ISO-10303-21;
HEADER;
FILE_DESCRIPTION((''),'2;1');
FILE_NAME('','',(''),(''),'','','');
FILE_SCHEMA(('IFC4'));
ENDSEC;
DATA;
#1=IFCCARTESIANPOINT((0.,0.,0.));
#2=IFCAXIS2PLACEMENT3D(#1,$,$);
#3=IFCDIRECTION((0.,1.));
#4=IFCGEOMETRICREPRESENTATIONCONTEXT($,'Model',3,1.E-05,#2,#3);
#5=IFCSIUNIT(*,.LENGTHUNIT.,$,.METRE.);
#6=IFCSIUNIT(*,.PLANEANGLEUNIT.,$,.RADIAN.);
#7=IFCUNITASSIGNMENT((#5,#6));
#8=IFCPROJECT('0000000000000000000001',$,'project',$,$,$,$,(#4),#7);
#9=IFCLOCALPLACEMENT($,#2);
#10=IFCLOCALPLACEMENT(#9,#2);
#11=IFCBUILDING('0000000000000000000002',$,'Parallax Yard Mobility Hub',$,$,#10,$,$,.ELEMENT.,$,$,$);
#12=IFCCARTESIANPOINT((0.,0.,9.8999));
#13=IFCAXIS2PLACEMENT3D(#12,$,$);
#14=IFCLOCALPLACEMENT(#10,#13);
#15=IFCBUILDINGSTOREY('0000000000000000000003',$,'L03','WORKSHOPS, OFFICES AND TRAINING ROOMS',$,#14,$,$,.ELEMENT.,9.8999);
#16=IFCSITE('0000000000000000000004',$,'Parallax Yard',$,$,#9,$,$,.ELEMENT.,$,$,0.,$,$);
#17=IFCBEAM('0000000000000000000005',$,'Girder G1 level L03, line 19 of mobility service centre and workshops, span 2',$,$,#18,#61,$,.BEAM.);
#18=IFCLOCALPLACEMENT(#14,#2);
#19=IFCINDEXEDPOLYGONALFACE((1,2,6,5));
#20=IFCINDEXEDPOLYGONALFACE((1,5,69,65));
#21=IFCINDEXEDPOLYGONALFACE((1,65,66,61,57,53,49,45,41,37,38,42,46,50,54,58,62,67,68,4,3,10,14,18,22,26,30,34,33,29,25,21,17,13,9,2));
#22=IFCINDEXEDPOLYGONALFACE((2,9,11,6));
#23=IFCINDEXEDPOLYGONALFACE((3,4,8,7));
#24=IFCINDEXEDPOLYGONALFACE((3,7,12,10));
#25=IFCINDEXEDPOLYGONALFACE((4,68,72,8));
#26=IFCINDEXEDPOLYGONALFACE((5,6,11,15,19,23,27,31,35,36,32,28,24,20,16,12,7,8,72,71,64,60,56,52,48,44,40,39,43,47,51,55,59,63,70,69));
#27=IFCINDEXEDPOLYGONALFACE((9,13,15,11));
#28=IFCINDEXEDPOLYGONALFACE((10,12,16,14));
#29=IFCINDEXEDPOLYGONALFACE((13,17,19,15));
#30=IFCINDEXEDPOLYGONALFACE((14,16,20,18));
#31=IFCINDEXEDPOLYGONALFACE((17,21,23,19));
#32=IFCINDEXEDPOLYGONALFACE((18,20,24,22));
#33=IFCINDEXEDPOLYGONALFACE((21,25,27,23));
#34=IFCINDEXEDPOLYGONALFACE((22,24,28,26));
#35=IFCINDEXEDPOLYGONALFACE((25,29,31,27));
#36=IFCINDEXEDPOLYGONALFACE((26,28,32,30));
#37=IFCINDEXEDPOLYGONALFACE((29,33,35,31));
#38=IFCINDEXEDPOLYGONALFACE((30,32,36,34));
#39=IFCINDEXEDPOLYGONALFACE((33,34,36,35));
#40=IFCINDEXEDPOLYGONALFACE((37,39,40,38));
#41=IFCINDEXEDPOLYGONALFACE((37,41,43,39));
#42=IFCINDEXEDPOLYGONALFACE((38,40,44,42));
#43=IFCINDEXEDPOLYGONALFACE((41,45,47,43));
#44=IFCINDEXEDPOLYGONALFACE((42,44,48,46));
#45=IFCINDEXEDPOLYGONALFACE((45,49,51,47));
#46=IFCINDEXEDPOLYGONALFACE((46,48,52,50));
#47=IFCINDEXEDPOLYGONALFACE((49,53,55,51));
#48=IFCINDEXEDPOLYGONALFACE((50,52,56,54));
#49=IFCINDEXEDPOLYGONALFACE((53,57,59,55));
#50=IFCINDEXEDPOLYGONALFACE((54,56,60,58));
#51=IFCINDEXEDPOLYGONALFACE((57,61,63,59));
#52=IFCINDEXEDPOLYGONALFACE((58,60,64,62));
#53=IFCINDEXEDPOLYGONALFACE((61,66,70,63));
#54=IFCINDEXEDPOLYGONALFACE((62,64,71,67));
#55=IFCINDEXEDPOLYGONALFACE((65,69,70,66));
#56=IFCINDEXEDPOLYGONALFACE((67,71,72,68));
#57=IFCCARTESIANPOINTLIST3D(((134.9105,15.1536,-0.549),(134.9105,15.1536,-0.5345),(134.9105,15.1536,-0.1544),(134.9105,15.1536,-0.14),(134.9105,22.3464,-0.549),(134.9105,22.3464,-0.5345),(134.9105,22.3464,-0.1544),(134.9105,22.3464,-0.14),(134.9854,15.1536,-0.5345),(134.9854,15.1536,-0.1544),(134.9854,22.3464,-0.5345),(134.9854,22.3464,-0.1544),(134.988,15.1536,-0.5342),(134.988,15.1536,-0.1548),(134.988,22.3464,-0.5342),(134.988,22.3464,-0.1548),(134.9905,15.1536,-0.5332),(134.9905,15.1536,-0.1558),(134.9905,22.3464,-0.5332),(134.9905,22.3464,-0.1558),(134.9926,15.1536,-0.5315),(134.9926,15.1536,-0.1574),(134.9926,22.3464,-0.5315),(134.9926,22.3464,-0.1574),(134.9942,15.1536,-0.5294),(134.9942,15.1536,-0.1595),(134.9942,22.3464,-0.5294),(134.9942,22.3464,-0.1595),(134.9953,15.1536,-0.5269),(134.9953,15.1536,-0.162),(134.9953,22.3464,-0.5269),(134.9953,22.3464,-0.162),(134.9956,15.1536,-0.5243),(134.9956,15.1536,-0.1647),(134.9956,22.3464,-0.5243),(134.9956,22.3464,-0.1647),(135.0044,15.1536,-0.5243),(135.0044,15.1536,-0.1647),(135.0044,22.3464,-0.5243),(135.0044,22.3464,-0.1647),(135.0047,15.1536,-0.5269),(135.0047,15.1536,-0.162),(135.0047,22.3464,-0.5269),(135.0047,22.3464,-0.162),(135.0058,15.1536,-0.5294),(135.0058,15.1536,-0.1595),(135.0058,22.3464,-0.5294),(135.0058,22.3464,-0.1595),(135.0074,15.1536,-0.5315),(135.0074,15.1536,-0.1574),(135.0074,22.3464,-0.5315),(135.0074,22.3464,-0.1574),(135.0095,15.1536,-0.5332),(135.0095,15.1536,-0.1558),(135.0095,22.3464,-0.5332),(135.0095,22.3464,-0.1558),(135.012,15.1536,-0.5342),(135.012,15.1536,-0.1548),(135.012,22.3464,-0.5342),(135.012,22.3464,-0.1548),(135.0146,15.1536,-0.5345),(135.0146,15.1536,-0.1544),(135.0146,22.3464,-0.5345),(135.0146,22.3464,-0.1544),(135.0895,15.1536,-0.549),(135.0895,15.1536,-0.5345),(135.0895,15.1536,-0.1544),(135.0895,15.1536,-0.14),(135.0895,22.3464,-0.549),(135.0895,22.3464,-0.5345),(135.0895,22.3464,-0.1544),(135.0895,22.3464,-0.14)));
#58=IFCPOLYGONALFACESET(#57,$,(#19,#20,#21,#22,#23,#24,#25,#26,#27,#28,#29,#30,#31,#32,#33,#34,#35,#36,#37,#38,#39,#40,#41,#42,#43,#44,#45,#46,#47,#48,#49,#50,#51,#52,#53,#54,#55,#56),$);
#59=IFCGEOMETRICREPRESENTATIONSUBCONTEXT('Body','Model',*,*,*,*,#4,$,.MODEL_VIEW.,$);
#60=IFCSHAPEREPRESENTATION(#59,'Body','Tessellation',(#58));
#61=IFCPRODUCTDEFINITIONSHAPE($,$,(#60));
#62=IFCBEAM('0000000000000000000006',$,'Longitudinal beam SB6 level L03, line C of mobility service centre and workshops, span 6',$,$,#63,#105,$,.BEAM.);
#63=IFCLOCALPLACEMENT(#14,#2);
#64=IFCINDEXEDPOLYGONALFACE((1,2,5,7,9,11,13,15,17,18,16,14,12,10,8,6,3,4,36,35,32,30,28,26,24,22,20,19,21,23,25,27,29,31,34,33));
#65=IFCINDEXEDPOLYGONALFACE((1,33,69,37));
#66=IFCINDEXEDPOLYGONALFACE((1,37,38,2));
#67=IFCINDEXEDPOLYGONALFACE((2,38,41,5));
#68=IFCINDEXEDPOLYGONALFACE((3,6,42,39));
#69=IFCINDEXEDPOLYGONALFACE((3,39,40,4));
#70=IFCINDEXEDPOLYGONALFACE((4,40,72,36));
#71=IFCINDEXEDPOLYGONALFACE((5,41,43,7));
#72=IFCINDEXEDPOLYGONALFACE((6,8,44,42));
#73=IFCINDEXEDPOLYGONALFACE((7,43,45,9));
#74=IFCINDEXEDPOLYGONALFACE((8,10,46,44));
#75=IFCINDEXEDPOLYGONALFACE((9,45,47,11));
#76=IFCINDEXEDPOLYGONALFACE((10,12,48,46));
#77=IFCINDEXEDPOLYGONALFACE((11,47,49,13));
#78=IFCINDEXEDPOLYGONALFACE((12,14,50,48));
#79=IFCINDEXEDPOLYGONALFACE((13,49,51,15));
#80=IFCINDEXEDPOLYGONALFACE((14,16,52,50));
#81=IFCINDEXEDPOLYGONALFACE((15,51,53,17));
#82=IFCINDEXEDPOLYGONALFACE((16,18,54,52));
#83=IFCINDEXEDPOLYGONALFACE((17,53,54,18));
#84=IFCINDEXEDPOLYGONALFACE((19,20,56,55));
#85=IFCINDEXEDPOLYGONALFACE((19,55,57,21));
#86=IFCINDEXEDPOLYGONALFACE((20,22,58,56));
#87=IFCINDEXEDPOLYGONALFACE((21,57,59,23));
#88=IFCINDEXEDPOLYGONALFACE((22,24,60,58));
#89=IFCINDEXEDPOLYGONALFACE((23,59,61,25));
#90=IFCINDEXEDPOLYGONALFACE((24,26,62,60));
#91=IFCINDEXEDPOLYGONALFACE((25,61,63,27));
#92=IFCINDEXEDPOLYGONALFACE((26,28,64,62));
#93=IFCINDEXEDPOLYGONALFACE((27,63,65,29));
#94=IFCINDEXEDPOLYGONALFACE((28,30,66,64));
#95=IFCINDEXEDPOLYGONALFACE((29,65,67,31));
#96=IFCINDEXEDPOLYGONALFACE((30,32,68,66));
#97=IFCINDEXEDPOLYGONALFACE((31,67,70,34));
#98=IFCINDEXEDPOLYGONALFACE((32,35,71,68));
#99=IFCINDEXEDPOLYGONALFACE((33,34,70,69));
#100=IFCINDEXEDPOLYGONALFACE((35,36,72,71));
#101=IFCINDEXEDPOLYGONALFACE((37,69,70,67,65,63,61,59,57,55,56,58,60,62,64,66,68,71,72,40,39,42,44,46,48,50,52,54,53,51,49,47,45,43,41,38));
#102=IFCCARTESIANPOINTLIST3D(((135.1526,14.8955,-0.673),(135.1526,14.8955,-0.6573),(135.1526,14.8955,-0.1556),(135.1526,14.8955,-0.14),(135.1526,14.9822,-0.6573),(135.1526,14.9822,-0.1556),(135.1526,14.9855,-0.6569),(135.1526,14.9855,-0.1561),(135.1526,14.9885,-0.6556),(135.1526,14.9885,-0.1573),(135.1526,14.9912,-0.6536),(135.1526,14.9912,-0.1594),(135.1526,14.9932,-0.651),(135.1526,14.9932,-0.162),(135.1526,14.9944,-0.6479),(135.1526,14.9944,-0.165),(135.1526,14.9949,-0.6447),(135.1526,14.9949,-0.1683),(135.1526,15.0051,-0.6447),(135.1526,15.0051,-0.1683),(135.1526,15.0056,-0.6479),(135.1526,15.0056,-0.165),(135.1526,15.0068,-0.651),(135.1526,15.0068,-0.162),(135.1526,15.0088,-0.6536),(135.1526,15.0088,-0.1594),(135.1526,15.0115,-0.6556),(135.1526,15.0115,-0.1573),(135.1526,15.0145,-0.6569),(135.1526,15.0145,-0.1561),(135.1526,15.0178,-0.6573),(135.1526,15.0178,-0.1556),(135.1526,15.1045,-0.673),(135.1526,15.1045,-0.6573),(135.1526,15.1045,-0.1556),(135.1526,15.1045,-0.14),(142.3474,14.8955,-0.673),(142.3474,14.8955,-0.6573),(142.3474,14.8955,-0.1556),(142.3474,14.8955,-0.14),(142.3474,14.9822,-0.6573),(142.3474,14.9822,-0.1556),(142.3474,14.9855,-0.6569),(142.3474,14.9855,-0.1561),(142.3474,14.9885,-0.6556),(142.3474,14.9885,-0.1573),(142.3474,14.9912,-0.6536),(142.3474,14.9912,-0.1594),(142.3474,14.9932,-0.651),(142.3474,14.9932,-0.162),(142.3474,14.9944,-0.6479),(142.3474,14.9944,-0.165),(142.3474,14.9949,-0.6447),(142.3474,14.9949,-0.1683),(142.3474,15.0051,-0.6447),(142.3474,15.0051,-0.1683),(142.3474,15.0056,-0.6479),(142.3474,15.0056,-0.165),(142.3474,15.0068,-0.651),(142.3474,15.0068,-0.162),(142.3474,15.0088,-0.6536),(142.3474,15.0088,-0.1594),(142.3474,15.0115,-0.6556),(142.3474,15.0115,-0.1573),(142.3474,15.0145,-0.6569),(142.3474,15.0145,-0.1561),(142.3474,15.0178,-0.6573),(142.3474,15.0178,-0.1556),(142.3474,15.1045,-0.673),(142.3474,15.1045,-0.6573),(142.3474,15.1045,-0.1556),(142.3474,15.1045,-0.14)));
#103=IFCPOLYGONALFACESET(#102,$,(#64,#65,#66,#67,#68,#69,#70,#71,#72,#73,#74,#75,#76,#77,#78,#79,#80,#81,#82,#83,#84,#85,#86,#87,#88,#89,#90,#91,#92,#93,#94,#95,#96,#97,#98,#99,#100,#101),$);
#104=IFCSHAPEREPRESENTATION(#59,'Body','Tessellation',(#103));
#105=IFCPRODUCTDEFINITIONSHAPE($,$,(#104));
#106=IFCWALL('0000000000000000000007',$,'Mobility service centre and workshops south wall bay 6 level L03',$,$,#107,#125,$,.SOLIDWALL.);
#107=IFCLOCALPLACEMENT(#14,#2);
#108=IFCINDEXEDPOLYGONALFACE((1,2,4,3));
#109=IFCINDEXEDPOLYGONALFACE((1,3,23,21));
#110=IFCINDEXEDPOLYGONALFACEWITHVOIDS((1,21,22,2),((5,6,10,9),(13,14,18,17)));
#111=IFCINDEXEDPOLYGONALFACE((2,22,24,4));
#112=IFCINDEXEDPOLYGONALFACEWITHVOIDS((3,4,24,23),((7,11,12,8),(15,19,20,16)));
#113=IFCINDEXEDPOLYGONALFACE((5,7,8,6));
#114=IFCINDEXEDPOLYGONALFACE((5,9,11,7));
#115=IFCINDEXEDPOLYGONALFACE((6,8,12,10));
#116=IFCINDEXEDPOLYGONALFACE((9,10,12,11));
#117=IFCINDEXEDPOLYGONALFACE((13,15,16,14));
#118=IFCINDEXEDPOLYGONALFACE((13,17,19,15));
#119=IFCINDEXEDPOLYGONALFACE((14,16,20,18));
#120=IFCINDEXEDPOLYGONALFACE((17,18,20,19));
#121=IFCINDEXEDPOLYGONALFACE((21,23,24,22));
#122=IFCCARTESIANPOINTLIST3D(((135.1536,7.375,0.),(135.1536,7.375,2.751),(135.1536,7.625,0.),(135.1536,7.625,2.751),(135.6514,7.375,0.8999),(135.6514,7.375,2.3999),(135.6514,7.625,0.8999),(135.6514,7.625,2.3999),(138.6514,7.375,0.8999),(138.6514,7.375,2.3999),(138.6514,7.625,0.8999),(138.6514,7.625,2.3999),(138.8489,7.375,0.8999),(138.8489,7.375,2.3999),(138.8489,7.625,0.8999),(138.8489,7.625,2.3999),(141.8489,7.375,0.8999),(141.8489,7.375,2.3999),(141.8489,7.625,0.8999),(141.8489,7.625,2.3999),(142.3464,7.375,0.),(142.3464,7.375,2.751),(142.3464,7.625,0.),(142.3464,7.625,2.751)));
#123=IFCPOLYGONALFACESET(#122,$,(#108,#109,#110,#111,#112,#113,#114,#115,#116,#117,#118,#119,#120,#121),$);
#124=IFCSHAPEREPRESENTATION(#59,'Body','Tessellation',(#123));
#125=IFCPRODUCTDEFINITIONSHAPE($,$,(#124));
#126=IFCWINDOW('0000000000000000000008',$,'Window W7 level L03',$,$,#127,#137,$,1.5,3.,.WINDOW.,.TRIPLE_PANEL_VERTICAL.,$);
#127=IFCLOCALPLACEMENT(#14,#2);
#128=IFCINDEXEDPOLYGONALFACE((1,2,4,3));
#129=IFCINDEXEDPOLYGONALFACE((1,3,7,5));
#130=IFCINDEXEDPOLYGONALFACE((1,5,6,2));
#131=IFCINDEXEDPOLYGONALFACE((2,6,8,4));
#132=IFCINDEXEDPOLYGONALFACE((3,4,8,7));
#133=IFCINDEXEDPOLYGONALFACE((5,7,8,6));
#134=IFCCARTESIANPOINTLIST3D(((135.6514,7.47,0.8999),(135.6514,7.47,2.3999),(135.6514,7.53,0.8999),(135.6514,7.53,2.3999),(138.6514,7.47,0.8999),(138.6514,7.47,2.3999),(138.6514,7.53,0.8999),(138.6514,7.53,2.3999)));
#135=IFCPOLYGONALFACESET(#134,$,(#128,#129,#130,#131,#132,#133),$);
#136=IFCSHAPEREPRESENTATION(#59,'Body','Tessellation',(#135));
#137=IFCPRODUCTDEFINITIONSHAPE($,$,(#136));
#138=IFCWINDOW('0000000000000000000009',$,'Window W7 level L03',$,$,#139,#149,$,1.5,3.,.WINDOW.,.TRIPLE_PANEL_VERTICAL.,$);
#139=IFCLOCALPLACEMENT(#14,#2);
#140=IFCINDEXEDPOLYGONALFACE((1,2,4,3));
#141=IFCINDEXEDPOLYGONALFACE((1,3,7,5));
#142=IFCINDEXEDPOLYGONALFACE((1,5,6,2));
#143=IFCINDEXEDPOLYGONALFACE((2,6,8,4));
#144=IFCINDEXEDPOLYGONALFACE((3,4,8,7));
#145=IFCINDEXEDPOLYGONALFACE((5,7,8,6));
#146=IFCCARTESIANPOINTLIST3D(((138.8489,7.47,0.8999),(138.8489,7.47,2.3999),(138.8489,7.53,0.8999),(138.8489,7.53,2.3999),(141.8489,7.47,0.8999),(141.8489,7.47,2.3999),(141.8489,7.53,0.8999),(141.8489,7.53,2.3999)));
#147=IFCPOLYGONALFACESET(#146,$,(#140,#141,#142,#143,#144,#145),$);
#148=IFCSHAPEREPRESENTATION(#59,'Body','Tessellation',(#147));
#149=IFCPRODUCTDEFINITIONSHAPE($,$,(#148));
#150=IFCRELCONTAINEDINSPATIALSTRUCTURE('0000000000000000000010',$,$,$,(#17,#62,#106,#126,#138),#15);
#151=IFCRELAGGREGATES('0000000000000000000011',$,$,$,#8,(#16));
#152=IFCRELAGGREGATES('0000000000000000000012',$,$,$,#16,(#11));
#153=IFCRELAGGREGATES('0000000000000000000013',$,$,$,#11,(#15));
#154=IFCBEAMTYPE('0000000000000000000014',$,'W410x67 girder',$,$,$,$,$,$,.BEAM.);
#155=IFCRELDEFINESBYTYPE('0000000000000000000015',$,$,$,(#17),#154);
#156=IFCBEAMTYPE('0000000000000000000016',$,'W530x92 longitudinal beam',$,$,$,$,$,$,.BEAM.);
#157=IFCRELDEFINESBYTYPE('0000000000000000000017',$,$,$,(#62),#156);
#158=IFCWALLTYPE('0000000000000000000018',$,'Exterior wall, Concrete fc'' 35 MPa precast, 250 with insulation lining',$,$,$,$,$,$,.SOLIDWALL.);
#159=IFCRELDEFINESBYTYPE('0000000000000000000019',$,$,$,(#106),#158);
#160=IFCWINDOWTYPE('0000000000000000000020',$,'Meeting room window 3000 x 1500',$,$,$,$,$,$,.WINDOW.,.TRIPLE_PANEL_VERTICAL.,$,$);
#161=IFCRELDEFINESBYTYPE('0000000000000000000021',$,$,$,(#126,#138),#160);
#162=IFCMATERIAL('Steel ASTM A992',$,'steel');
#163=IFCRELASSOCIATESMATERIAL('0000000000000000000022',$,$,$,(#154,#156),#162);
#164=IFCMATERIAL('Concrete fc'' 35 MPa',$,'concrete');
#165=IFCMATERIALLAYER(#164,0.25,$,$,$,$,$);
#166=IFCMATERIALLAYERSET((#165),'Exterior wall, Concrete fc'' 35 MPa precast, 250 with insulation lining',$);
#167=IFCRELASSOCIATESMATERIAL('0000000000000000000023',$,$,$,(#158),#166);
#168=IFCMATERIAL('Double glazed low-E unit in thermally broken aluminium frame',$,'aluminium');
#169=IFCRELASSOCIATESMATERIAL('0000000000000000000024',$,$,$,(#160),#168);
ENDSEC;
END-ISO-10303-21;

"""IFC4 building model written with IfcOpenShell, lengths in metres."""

from ifc_helpers import new_model, si_unit, direction, frame, frame_2d, origin, origin_2d, place, context, subcontext, project, spatial, rectangle, i_section, extrude, material, layer, layer_set, material_profile, profile_set, type_object, element, fill, save


model = new_model("IFC4")

# Units and contexts
model_context = context("Model", 3, precision=1e-05, world=origin(), true_north=direction((0.0, 1.0)))
body_context = subcontext(model_context, "Body", "Model", "MODEL_VIEW")
ifc_project = project(units=[si_unit("LENGTHUNIT", "METRE"), si_unit("PLANEANGLEUNIT", "RADIAN")], contexts=[model_context])

# Site, building, storey
site_placement = place(None, origin())
site = spatial("IfcSite", under=ifc_project, at=site_placement, Name="Parallax Yard", CompositionType="ELEMENT", RefElevation=0.0)
building_placement = place(site_placement, origin())
building = spatial("IfcBuilding", under=site, at=building_placement, Name="Parallax Yard Mobility Hub", CompositionType="ELEMENT")
storey_placement = place(building_placement, frame((0.0, 0.0, 9.8999)))
storey = spatial("IfcBuildingStorey", under=building, at=storey_placement, Name="L03", Description="WORKSHOPS, OFFICES AND TRAINING ROOMS", CompositionType="ELEMENT", Elevation=9.8999)

# Shared definitions
ifc_material_1 = material(Name="Steel ASTM A992", Category="steel")

# Beams
ifc_material_profile_1 = material_profile(ifc_material_1, i_section(OverallWidth=0.179, OverallDepth=0.4089, WebThickness=0.0088, FlangeThickness=0.0144, FilletRadius=0.0103, at=origin_2d()), Name="W410x67")
ifc_profile_set_1 = profile_set([ifc_material_profile_1], Name="Steel ASTM A992")
beam_type_1 = type_object("IfcBeamType", Name="W410x67 girder", PredefinedType="BEAM", material=ifc_profile_set_1)
for number, where, z_axis, x_axis, name in (
    (1, (135.0, 15.1536, -0.3445), (0.0, 1.0, 0.0), (-1.0, 0.0, 0.0), "Girder G1 level L03, line 19 of mobility service centre and workshops, span 2"),
):
    element("IfcBeam", number, at=place(storey_placement, frame(where, z_axis=z_axis, x_axis=x_axis)), inside=storey, type_object=beam_type_1, Name=name, PredefinedType="BEAM", context=body_context, shape_type="SweptSolid", body=[
        extrude(i_section(OverallWidth=0.179, OverallDepth=0.4089, WebThickness=0.0088, FlangeThickness=0.0144, FilletRadius=0.0103, at=origin_2d()), origin(), (0.0, 0.0, 1.0), 7.1929),
    ])
ifc_material_profile_2 = material_profile(ifc_material_1, i_section(OverallWidth=0.209, OverallDepth=0.533, WebThickness=0.0103, FlangeThickness=0.0156, FilletRadius=0.0127, at=origin_2d()), Name="W530x92")
ifc_profile_set_2 = profile_set([ifc_material_profile_2], Name="Steel ASTM A992")
beam_type_2 = type_object("IfcBeamType", Name="W530x92 longitudinal beam", PredefinedType="BEAM", material=ifc_profile_set_2)
beam_1_placement = place(storey_placement, frame((135.1526, 15.0, -0.4065), z_axis=(1.0, 0.0, 0.0), x_axis=(0.0, 1.0, 0.0)))
element("IfcBeam", 2, at=beam_1_placement, inside=storey, type_object=beam_type_2, Name="Longitudinal beam SB6 level L03, line C of mobility service centre and workshops, span 6", PredefinedType="BEAM", context=body_context, shape_type="SweptSolid", body=[
    extrude(i_section(OverallWidth=0.209, OverallDepth=0.533, WebThickness=0.0103, FlangeThickness=0.0156, FilletRadius=0.0127, at=origin_2d()), origin(), (0.0, 0.0, 1.0), 7.1948),
])

# Wall, openings, windows
ifc_material_2 = material(Name="Concrete fc' 35 MPa", Category="concrete")
ifc_layer = layer(ifc_material_2, 0.25)
ifc_layer_set = layer_set([ifc_layer], Name="Exterior wall, Concrete fc' 35 MPa precast, 250 with insulation lining")
wall_type = type_object("IfcWallType", Name="Exterior wall, Concrete fc' 35 MPa precast, 250 with insulation lining", PredefinedType="SOLIDWALL", material=ifc_layer_set)
wall_1_placement = place(storey_placement, frame((135.1536, 7.5, 0.0), z_axis=(0.0, 0.0, 1.0), x_axis=(1.0, 0.0, 0.0)))
wall_1 = element("IfcWall", 3, at=wall_1_placement, inside=storey, type_object=wall_type, Name="Mobility service centre and workshops south wall bay 6 level L03", PredefinedType="SOLIDWALL", context=body_context, shape_type="SweptSolid", body=[
    extrude(rectangle(XDim=7.1929, YDim=0.25, at=frame_2d((3.5964, 0.0))), origin(), (0.0, 0.0, 1.0), 2.751),
])
opening_1_placement = place(wall_1_placement, frame((0.4978, 0.0, 0.8999)))
opening_1 = element("IfcOpeningElement", 4, at=opening_1_placement, cuts=wall_1, PredefinedType="OPENING", context=body_context, shape_type="SweptSolid", body=[
    extrude(rectangle(XDim=3.0, YDim=1.5, at=frame_2d((1.5, 0.75))), frame((0.0, 0.135, 0.0), z_axis=(0.0, -1.0, 0.0), x_axis=(1.0, 0.0, 0.0)), (0.0, 0.0, 1.0), 0.27),
])
opening_2_placement = place(wall_1_placement, frame((3.6953, 0.0, 0.8999)))
opening_2 = element("IfcOpeningElement", 5, at=opening_2_placement, cuts=wall_1, PredefinedType="OPENING", context=body_context, shape_type="SweptSolid", body=[
    extrude(rectangle(XDim=3.0, YDim=1.5, at=frame_2d((1.5, 0.75))), frame((0.0, 0.135, 0.0), z_axis=(0.0, -1.0, 0.0), x_axis=(1.0, 0.0, 0.0)), (0.0, 0.0, 1.0), 0.27),
])
ifc_material_3 = material(Name="Double glazed low-E unit in thermally broken aluminium frame", Category="aluminium")
window_type = type_object("IfcWindowType", Name="Meeting room window 3000 x 1500", PartitioningType="TRIPLE_PANEL_VERTICAL", PredefinedType="WINDOW", material=ifc_material_3)
window_1_placement = place(opening_1_placement, origin())
window_1 = element("IfcWindow", 6, at=window_1_placement, inside=storey, type_object=window_type, Name="Window W7 level L03", OverallHeight=1.5, OverallWidth=3.0, PartitioningType="TRIPLE_PANEL_VERTICAL", PredefinedType="WINDOW", context=body_context, shape_type="SweptSolid", body=[
    extrude(rectangle(XDim=3.0, YDim=1.5, at=frame_2d((1.5, 0.75))), frame((0.0, 0.03, 0.0), z_axis=(0.0, -1.0, 0.0), x_axis=(1.0, 0.0, 0.0)), (0.0, 0.0, 1.0), 0.0601),
])
fill(opening_1, window_1)
window_2_placement = place(opening_2_placement, origin())
window_2 = element("IfcWindow", 7, at=window_2_placement, inside=storey, type_object=window_type, Name="Window W7 level L03", OverallHeight=1.5, OverallWidth=3.0, PartitioningType="TRIPLE_PANEL_VERTICAL", PredefinedType="WINDOW", context=body_context, shape_type="SweptSolid", body=[
    extrude(rectangle(XDim=3.0, YDim=1.5, at=frame_2d((1.5, 0.75))), frame((0.0, 0.03, 0.0), z_axis=(0.0, -1.0, 0.0), x_axis=(1.0, 0.0, 0.0)), (0.0, 0.0, 1.0), 0.0601),
])
fill(opening_2, window_2)

save(model, "model.ifc")
